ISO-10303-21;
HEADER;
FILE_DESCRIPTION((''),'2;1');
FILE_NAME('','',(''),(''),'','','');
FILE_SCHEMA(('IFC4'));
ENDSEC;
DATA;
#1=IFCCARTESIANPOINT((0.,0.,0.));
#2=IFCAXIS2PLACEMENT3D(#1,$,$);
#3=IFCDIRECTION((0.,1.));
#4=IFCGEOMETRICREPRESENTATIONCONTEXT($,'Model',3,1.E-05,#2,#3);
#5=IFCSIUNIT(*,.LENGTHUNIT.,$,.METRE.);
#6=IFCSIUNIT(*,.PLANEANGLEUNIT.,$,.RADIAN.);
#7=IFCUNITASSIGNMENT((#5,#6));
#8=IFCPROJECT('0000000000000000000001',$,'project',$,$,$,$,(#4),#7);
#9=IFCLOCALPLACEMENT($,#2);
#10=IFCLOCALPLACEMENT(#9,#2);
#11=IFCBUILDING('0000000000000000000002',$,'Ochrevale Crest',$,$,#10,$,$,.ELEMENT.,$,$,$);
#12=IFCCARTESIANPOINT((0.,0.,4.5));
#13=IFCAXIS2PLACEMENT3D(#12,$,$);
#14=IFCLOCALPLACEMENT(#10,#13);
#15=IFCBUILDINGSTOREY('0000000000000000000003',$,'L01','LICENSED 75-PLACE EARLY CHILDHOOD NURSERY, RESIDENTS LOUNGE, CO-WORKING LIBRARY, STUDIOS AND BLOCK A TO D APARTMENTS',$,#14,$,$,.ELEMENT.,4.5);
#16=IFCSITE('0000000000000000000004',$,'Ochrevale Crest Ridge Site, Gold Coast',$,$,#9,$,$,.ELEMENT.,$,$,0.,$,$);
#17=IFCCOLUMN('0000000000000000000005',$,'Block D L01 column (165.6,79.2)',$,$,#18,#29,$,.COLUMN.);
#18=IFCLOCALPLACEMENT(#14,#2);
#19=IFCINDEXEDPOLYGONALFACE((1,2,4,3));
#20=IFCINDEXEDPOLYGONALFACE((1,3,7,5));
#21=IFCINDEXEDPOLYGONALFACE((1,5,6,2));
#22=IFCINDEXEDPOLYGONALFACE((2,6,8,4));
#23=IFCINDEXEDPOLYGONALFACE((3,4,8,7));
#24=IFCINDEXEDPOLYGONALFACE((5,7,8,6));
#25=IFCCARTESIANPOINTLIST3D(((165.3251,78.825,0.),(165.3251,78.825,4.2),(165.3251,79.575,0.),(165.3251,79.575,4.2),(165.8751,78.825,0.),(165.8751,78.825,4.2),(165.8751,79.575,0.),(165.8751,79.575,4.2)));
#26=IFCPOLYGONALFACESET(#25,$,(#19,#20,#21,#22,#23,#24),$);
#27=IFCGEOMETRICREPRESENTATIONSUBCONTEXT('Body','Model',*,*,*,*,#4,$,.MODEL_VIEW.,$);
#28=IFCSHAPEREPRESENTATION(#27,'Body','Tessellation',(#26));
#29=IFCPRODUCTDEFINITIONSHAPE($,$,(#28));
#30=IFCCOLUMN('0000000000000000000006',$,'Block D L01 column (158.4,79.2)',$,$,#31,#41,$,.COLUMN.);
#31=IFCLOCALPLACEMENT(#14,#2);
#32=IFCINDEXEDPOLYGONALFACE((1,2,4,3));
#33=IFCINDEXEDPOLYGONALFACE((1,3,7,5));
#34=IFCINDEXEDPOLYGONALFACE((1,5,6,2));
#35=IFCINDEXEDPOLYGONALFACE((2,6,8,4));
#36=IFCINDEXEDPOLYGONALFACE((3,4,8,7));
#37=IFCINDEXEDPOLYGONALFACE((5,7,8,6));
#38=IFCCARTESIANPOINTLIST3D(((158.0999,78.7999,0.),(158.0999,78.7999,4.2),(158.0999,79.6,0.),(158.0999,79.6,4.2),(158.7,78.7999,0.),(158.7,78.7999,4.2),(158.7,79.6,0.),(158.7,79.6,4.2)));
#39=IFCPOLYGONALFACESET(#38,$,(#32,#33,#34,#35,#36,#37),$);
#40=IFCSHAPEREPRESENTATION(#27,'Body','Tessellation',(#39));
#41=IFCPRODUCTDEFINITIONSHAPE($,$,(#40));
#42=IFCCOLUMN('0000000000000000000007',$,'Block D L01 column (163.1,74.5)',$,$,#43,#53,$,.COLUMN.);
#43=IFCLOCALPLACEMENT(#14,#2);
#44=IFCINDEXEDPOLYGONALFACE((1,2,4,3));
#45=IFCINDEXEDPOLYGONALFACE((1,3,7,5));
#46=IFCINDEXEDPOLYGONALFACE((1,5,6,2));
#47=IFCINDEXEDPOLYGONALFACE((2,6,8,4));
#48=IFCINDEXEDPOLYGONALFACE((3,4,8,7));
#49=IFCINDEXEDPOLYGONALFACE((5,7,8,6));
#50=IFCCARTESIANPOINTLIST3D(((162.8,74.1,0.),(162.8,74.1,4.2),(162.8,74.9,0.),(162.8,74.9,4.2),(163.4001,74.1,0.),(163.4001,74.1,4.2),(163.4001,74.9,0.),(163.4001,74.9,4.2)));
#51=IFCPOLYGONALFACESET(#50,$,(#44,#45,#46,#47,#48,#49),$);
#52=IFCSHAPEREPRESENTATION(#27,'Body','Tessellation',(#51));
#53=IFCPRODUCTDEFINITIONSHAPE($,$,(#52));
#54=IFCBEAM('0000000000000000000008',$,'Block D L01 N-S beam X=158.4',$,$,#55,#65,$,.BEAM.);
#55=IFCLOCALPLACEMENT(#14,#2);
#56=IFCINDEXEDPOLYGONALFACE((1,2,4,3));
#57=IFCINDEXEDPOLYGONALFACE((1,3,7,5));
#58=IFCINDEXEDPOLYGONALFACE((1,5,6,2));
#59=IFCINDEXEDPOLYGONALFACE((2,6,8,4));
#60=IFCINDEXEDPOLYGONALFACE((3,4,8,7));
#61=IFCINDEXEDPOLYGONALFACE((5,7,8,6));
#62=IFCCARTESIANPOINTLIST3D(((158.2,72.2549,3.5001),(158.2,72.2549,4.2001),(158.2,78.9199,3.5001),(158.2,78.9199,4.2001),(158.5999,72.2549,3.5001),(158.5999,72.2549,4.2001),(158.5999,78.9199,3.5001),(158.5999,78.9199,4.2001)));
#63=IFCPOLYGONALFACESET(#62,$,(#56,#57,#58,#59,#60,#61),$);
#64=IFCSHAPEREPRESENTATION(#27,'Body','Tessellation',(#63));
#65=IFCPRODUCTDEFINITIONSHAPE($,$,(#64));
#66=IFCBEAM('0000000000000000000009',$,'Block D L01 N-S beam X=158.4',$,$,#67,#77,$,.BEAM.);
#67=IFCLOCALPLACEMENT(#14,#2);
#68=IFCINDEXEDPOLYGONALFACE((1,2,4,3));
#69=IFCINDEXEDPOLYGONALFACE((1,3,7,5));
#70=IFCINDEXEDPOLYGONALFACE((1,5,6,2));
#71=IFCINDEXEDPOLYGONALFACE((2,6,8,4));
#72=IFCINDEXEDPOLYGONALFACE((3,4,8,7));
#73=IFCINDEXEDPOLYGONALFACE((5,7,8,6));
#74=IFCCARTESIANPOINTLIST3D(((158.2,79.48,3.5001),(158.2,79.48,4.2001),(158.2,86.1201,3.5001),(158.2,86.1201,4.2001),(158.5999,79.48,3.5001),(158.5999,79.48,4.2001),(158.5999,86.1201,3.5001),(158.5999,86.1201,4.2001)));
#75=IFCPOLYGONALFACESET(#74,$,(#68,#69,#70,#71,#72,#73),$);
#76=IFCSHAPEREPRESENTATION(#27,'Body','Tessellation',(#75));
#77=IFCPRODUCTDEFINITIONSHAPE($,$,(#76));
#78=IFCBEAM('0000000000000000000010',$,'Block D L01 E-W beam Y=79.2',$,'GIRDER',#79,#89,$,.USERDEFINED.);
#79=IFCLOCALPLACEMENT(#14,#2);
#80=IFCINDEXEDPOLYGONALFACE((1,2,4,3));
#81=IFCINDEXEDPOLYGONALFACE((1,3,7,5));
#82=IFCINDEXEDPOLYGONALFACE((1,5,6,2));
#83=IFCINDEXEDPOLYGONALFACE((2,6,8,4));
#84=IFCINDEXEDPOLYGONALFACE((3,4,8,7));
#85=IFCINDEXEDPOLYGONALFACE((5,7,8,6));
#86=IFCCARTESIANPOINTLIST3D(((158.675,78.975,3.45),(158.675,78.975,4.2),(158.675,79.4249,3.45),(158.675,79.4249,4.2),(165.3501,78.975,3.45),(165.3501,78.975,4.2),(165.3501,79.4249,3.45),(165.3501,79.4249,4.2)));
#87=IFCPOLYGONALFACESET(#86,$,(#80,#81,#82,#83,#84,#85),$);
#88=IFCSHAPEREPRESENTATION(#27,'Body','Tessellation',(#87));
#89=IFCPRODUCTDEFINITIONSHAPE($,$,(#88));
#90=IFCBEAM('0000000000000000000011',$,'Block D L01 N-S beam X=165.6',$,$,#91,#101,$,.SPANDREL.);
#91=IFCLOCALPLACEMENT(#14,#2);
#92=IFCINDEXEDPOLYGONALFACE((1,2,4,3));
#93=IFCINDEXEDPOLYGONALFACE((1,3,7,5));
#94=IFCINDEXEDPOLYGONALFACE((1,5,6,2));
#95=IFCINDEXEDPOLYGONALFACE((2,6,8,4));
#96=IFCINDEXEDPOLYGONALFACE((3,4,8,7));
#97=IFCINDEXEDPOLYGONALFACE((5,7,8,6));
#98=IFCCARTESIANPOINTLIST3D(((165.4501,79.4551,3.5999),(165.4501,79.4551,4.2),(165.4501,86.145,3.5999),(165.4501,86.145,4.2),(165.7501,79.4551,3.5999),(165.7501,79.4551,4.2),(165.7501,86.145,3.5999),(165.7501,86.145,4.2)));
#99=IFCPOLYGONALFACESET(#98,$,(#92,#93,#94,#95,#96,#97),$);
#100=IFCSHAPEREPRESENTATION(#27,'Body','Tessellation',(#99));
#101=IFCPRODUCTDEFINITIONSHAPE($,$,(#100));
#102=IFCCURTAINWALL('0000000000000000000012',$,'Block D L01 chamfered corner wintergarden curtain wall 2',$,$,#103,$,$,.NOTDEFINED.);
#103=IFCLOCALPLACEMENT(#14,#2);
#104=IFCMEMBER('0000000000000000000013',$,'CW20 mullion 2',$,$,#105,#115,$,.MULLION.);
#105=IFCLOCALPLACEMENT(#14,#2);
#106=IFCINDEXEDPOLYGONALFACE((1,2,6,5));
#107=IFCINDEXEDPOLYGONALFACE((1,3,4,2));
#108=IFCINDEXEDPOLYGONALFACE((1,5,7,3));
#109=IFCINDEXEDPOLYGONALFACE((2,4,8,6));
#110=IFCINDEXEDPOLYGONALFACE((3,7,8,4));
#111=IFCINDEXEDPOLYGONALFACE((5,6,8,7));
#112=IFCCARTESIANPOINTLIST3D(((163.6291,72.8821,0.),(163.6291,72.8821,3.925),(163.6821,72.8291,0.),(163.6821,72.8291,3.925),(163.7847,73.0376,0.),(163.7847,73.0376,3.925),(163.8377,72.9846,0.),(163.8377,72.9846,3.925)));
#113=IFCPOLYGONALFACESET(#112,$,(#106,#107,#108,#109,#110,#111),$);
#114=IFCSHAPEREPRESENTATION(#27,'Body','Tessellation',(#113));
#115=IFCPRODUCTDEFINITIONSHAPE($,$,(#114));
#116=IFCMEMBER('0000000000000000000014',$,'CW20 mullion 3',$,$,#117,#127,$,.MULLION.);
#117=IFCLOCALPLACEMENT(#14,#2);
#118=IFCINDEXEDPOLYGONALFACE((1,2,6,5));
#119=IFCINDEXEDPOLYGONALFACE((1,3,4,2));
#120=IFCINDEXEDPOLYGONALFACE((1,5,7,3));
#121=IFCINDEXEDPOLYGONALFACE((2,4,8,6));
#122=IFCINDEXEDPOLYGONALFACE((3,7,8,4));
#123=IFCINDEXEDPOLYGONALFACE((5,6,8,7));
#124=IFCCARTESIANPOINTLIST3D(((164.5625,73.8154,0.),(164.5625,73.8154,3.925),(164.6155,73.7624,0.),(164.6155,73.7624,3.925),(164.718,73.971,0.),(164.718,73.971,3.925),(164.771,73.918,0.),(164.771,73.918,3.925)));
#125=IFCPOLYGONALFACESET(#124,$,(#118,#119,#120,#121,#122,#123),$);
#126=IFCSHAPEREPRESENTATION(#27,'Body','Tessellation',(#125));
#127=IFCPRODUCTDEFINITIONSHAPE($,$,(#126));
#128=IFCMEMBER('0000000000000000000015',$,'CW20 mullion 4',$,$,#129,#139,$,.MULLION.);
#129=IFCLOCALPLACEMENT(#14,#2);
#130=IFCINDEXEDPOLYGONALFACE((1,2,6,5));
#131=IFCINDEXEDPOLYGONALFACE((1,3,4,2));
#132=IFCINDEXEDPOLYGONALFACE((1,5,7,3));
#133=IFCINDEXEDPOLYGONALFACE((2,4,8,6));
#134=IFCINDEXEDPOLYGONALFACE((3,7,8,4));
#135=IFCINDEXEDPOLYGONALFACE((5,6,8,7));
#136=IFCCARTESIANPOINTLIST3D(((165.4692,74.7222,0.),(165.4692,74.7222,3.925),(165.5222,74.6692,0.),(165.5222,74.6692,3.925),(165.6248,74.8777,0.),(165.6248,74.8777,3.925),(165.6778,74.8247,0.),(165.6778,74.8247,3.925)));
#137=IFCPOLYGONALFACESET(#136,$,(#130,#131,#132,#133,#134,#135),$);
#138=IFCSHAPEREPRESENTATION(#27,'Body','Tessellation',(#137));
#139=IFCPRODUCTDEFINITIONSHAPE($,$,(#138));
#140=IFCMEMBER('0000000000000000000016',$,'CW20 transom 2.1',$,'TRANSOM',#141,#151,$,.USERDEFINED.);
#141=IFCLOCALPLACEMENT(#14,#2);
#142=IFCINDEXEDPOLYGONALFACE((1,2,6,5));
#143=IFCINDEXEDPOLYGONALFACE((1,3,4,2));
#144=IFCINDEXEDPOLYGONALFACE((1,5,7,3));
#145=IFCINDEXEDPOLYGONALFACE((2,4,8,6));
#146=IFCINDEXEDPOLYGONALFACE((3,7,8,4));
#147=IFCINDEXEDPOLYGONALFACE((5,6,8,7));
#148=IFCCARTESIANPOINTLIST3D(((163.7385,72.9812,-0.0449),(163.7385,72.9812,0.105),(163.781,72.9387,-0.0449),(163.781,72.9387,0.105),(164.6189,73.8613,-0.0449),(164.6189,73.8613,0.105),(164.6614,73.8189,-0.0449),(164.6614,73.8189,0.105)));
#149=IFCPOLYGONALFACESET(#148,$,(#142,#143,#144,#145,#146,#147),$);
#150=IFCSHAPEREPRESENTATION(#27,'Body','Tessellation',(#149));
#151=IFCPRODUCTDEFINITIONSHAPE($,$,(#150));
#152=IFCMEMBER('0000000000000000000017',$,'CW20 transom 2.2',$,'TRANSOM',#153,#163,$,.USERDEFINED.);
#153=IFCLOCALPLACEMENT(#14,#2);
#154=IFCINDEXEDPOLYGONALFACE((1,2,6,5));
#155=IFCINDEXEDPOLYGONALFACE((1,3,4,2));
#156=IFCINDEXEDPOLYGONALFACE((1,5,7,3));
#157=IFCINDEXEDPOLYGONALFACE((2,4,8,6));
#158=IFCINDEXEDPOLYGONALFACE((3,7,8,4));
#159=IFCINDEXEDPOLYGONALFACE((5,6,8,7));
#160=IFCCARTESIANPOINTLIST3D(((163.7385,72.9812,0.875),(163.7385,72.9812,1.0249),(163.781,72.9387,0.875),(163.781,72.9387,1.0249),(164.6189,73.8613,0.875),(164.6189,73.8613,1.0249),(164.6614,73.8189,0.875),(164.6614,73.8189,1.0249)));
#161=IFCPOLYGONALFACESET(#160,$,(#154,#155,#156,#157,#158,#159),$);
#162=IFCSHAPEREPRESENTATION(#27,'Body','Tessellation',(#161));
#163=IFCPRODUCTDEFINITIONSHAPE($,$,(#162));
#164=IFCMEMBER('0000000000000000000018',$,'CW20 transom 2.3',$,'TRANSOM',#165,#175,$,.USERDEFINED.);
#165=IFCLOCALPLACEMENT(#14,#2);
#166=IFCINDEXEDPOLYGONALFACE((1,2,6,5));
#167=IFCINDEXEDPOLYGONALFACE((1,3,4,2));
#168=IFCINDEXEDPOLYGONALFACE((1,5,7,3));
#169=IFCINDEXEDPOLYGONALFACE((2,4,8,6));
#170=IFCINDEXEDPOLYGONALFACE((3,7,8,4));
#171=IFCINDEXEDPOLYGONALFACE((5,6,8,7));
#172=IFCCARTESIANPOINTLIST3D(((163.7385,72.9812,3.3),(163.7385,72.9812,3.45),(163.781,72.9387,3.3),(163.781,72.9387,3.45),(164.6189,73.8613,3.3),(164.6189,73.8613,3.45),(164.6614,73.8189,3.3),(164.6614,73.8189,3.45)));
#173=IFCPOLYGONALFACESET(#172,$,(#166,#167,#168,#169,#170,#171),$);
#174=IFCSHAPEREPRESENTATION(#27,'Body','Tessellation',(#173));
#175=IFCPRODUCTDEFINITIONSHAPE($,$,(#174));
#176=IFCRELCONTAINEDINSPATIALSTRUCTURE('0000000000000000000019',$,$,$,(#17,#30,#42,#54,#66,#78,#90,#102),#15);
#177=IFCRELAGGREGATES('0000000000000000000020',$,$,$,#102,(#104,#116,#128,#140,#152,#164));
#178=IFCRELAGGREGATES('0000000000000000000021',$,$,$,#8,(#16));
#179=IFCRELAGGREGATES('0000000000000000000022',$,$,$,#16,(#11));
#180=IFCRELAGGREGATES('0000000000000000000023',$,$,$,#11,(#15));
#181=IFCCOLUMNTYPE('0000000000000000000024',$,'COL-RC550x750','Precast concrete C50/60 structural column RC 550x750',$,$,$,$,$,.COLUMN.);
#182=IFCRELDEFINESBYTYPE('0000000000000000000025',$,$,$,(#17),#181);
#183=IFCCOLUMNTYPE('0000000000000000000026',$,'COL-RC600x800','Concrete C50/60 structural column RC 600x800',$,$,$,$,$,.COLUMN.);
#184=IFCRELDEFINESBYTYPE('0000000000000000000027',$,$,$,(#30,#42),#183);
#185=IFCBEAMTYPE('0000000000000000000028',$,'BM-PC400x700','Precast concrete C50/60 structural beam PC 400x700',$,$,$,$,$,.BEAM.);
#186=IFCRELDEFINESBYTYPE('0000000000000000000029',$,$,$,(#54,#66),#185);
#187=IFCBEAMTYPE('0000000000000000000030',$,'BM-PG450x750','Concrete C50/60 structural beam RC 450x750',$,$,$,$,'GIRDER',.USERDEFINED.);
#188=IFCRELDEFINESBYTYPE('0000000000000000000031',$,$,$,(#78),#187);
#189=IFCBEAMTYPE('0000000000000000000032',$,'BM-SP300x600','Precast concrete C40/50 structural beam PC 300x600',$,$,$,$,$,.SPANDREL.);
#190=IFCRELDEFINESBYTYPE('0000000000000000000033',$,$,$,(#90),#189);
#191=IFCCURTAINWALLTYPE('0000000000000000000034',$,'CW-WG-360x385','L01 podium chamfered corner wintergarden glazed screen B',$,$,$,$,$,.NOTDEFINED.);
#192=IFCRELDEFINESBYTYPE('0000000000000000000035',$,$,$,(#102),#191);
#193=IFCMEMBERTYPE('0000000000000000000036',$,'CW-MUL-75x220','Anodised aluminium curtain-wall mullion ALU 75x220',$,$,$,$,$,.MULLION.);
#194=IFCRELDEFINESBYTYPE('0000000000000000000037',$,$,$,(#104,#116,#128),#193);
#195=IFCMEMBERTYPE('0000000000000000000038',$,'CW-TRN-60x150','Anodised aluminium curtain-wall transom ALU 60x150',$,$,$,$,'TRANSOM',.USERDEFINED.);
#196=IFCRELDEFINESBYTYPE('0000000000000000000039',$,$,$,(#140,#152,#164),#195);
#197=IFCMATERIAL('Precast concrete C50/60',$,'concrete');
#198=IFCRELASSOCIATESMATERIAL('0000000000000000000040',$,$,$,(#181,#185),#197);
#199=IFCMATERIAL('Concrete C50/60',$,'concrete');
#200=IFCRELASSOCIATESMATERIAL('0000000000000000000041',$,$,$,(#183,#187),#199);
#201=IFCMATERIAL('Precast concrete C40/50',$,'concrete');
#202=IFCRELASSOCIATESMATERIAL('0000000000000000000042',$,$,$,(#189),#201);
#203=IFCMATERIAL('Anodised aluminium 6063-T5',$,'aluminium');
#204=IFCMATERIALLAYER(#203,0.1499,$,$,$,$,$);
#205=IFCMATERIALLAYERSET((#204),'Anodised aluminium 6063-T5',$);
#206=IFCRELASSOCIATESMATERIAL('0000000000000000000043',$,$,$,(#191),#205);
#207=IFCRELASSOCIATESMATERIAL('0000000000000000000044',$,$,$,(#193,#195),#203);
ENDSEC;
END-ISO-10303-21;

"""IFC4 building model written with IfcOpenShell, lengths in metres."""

from ifc_helpers import new_model, si_unit, direction, frame, origin, origin_2d, place, context, subcontext, project, spatial, rectangle, extrude, material, layer, layer_set, material_profile, profile_set, type_object, element, aggregate, save


model = new_model("IFC4")

# Units and contexts
model_context = context("Model", 3, precision=1e-05, world=origin(), true_north=direction((0.0, 1.0)))
body_context = subcontext(model_context, "Body", "Model", "MODEL_VIEW")
ifc_project = project(units=[si_unit("LENGTHUNIT", "METRE"), si_unit("PLANEANGLEUNIT", "RADIAN")], contexts=[model_context])

# Site, building, storey
site_placement = place(None, origin())
site = spatial("IfcSite", under=ifc_project, at=site_placement, Name="Ochrevale Crest Ridge Site, Gold Coast", CompositionType="ELEMENT", RefElevation=0.0)
building_placement = place(site_placement, origin())
building = spatial("IfcBuilding", under=site, at=building_placement, Name="Ochrevale Crest", CompositionType="ELEMENT")
storey_placement = place(building_placement, frame((0.0, 0.0, 4.5)))
storey = spatial("IfcBuildingStorey", under=building, at=storey_placement, Name="L01", Description="LICENSED 75-PLACE EARLY CHILDHOOD NURSERY, RESIDENTS LOUNGE, CO-WORKING LIBRARY, STUDIOS AND BLOCK A TO D APARTMENTS", CompositionType="ELEMENT", Elevation=4.5)

# Columns
ifc_material_1 = material(Name="Precast concrete C50/60", Category="concrete")
ifc_material_profile_1 = material_profile(ifc_material_1, rectangle(XDim=0.55, YDim=0.75, at=origin_2d()), Name="RC 550x750")
ifc_profile_set_1 = profile_set([ifc_material_profile_1], Name="Precast concrete C50/60")
column_type_1 = type_object("IfcColumnType", Name="COL-RC550x750", Description="Precast concrete C50/60 structural column RC 550x750", PredefinedType="COLUMN", material=ifc_profile_set_1)
column_placement = place(storey_placement, frame((165.6001, 79.2, 0.0), z_axis=(0.0, 0.0, 1.0), x_axis=(1.0, 0.0, 0.0)))
element("IfcColumn", 1, at=column_placement, inside=storey, type_object=column_type_1, Name="Block D L01 column (165.6,79.2)", PredefinedType="COLUMN", context=body_context, shape_type="SweptSolid", body=[
    extrude(rectangle(XDim=0.55, YDim=0.75, at=origin_2d()), origin(), (0.0, 0.0, 1.0), 4.2),
])
ifc_material_2 = material(Name="Concrete C50/60", Category="concrete")
ifc_material_profile_2 = material_profile(ifc_material_2, rectangle(XDim=0.6001, YDim=0.8, at=origin_2d()), Name="RC 600x800")
ifc_profile_set_2 = profile_set([ifc_material_profile_2], Name="Concrete C50/60")
column_type_2 = type_object("IfcColumnType", Name="COL-RC600x800", Description="Concrete C50/60 structural column RC 600x800", PredefinedType="COLUMN", material=ifc_profile_set_2)
for number, where, z_axis, x_axis, name in (
    (2, (158.3999, 79.2, 0.0), (0.0, 0.0, 1.0), (1.0, 0.0, 0.0), "Block D L01 column (158.4,79.2)"),
    (3, (163.1001, 74.5, 0.0), (0.0, 0.0, 1.0), (1.0, 0.0, 0.0), "Block D L01 column (163.1,74.5)"),
):
    element("IfcColumn", number, at=place(storey_placement, frame(where, z_axis=z_axis, x_axis=x_axis)), inside=storey, type_object=column_type_2, Name=name, PredefinedType="COLUMN", context=body_context, shape_type="SweptSolid", body=[
        extrude(rectangle(XDim=0.6001, YDim=0.8, at=origin_2d()), origin(), (0.0, 0.0, 1.0), 4.2),
    ])

# Beams
ifc_material_profile_3 = material_profile(ifc_material_1, rectangle(XDim=0.3999, YDim=0.7, at=origin_2d()), Name="PC 400x700")
ifc_profile_set_3 = profile_set([ifc_material_profile_3], Name="Precast concrete C50/60")
beam_type_1 = type_object("IfcBeamType", Name="BM-PC400x700", Description="Precast concrete C50/60 structural beam PC 400x700", PredefinedType="BEAM", material=ifc_profile_set_3)
beam_1_placement = place(storey_placement, frame((158.3999, 72.2549, 3.8501), z_axis=(0.0, 1.0, 0.0), x_axis=(-1.0, 0.0, 0.0)))
element("IfcBeam", 4, at=beam_1_placement, inside=storey, type_object=beam_type_1, Name="Block D L01 N-S beam X=158.4", PredefinedType="BEAM", context=body_context, shape_type="SweptSolid", body=[
    extrude(rectangle(XDim=0.3999, YDim=0.7, at=origin_2d()), origin(), (0.0, 0.0, 1.0), 6.665),
])
beam_2_placement = place(storey_placement, frame((158.3999, 79.48, 3.8501), z_axis=(0.0, 1.0, 0.0), x_axis=(-1.0, 0.0, 0.0)))
element("IfcBeam", 5, at=beam_2_placement, inside=storey, type_object=beam_type_1, Name="Block D L01 N-S beam X=158.4", PredefinedType="BEAM", context=body_context, shape_type="SweptSolid", body=[
    extrude(rectangle(XDim=0.3999, YDim=0.7, at=origin_2d()), origin(), (0.0, 0.0, 1.0), 6.6401),
])
ifc_material_profile_4 = material_profile(ifc_material_2, rectangle(XDim=0.45, YDim=0.75, at=origin_2d()), Name="RC 450x750")
ifc_profile_set_4 = profile_set([ifc_material_profile_4], Name="Concrete C50/60")
beam_type_2 = type_object("IfcBeamType", Name="BM-PG450x750", Description="Concrete C50/60 structural beam RC 450x750", ElementType="GIRDER", PredefinedType="USERDEFINED", material=ifc_profile_set_4)
beam_3_placement = place(storey_placement, frame((158.675, 79.2, 3.825), z_axis=(1.0, 0.0, 0.0), x_axis=(0.0, 1.0, 0.0)))
element("IfcBeam", 6, at=beam_3_placement, inside=storey, type_object=beam_type_2, Name="Block D L01 E-W beam Y=79.2", ObjectType="GIRDER", PredefinedType="USERDEFINED", context=body_context, shape_type="SweptSolid", body=[
    extrude(rectangle(XDim=0.45, YDim=0.75, at=origin_2d()), origin(), (0.0, 0.0, 1.0), 6.675),
])
ifc_material_3 = material(Name="Precast concrete C40/50", Category="concrete")
ifc_material_profile_5 = material_profile(ifc_material_3, rectangle(XDim=0.3, YDim=0.6001, at=origin_2d()), Name="PC 300x600")
ifc_profile_set_5 = profile_set([ifc_material_profile_5], Name="Precast concrete C40/50")
beam_type_3 = type_object("IfcBeamType", Name="BM-SP300x600", Description="Precast concrete C40/50 structural beam PC 300x600", PredefinedType="SPANDREL", material=ifc_profile_set_5)
beam_4_placement = place(storey_placement, frame((165.6001, 79.4551, 3.8999), z_axis=(0.0, 1.0, 0.0), x_axis=(-1.0, 0.0, 0.0)))
element("IfcBeam", 7, at=beam_4_placement, inside=storey, type_object=beam_type_3, Name="Block D L01 N-S beam X=165.6", PredefinedType="SPANDREL", context=body_context, shape_type="SweptSolid", body=[
    extrude(rectangle(XDim=0.3, YDim=0.6001, at=origin_2d()), origin(), (0.0, 0.0, 1.0), 6.6899),
])

# Curtain wall, members
ifc_material_4 = material(Name="Anodised aluminium 6063-T5", Category="aluminium")
ifc_layer_1 = layer(ifc_material_4, 0.1499)
ifc_layer_set_1 = layer_set([ifc_layer_1], Name="Anodised aluminium 6063-T5")
curtain_wall_type = type_object("IfcCurtainWallType", Name="CW-WG-360x385", Description="L01 podium chamfered corner wintergarden glazed screen B", PredefinedType="NOTDEFINED", material=ifc_layer_set_1)
curtain_wall_placement = place(storey_placement, origin())
curtain_wall = element("IfcCurtainWall", 8, at=curtain_wall_placement, inside=storey, type_object=curtain_wall_type, Name="Block D L01 chamfered corner wintergarden curtain wall 2", PredefinedType="NOTDEFINED")
ifc_material_profile_6 = material_profile(ifc_material_4, rectangle(XDim=0.075, YDim=0.22, at=origin_2d()), Name="ALU 75x220")
ifc_profile_set_6 = profile_set([ifc_material_profile_6], Name="Anodised aluminium 6063-T5")
member_type_1 = type_object("IfcMemberType", Name="CW-MUL-75x220", Description="Anodised aluminium curtain-wall mullion ALU 75x220", PredefinedType="MULLION", material=ifc_profile_set_6)
member_1_placement = place(storey_placement, frame((163.7334, 72.9333, 0.0), z_axis=(0.0, 0.0, 1.0), x_axis=(-0.707107, 0.707107, 0.0)))
member_1 = element("IfcMember", 9, at=member_1_placement, type_object=member_type_1, Name="CW20 mullion 2", PredefinedType="MULLION", context=body_context, shape_type="SweptSolid", body=[
    extrude(rectangle(XDim=0.075, YDim=0.22, at=origin_2d()), origin(), (0.0, 0.0, 1.0), 3.925),
])
member_2_placement = place(storey_placement, frame((164.6667, 73.8667, 0.0), z_axis=(0.0, 0.0, 1.0), x_axis=(-0.707107, 0.707107, 0.0)))
member_2 = element("IfcMember", 10, at=member_2_placement, type_object=member_type_1, Name="CW20 mullion 3", PredefinedType="MULLION", context=body_context, shape_type="SweptSolid", body=[
    extrude(rectangle(XDim=0.075, YDim=0.22, at=origin_2d()), origin(), (0.0, 0.0, 1.0), 3.925),
])
member_3_placement = place(storey_placement, frame((165.5735, 74.7734, 0.0), z_axis=(0.0, 0.0, 1.0), x_axis=(-0.707107, 0.707107, 0.0)))
member_3 = element("IfcMember", 11, at=member_3_placement, type_object=member_type_1, Name="CW20 mullion 4", PredefinedType="MULLION", context=body_context, shape_type="SweptSolid", body=[
    extrude(rectangle(XDim=0.075, YDim=0.22, at=origin_2d()), origin(), (0.0, 0.0, 1.0), 3.925),
])
ifc_material_profile_7 = material_profile(ifc_material_4, rectangle(XDim=0.0601, YDim=0.1499, at=origin_2d()), Name="ALU 60x150")
ifc_profile_set_7 = profile_set([ifc_material_profile_7], Name="Anodised aluminium 6063-T5")
member_type_2 = type_object("IfcMemberType", Name="CW-TRN-60x150", Description="Anodised aluminium curtain-wall transom ALU 60x150", ElementType="TRANSOM", PredefinedType="USERDEFINED", material=ifc_profile_set_7)
member_4_placement = place(storey_placement, frame((163.7598, 72.96, 0.03), z_axis=(0.707205, 0.707009, 0.0), x_axis=(-0.707009, 0.707205, 0.0)))
member_4 = element("IfcMember", 12, at=member_4_placement, type_object=member_type_2, Name="CW20 transom 2.1", ObjectType="TRANSOM", PredefinedType="USERDEFINED", context=body_context, shape_type="SweptSolid", body=[
    extrude(rectangle(XDim=0.0601, YDim=0.1499, at=origin_2d()), origin(), (0.0, 0.0, 1.0), 1.2449),
])
member_5_placement = place(storey_placement, frame((163.7598, 72.96, 0.95), z_axis=(0.707205, 0.707009, 0.0), x_axis=(-0.707009, 0.707205, 0.0)))
member_5 = element("IfcMember", 13, at=member_5_placement, type_object=member_type_2, Name="CW20 transom 2.2", ObjectType="TRANSOM", PredefinedType="USERDEFINED", context=body_context, shape_type="SweptSolid", body=[
    extrude(rectangle(XDim=0.0601, YDim=0.1499, at=origin_2d()), origin(), (0.0, 0.0, 1.0), 1.2449),
])
member_6_placement = place(storey_placement, frame((163.7598, 72.96, 3.375), z_axis=(0.707205, 0.707009, 0.0), x_axis=(-0.707009, 0.707205, 0.0)))
member_6 = element("IfcMember", 14, at=member_6_placement, type_object=member_type_2, Name="CW20 transom 2.3", ObjectType="TRANSOM", PredefinedType="USERDEFINED", context=body_context, shape_type="SweptSolid", body=[
    extrude(rectangle(XDim=0.0601, YDim=0.1499, at=origin_2d()), origin(), (0.0, 0.0, 1.0), 1.2449),
])
aggregate(curtain_wall, [member_1, member_2, member_3, member_4, member_5, member_6])

save(model, "model.ifc")
